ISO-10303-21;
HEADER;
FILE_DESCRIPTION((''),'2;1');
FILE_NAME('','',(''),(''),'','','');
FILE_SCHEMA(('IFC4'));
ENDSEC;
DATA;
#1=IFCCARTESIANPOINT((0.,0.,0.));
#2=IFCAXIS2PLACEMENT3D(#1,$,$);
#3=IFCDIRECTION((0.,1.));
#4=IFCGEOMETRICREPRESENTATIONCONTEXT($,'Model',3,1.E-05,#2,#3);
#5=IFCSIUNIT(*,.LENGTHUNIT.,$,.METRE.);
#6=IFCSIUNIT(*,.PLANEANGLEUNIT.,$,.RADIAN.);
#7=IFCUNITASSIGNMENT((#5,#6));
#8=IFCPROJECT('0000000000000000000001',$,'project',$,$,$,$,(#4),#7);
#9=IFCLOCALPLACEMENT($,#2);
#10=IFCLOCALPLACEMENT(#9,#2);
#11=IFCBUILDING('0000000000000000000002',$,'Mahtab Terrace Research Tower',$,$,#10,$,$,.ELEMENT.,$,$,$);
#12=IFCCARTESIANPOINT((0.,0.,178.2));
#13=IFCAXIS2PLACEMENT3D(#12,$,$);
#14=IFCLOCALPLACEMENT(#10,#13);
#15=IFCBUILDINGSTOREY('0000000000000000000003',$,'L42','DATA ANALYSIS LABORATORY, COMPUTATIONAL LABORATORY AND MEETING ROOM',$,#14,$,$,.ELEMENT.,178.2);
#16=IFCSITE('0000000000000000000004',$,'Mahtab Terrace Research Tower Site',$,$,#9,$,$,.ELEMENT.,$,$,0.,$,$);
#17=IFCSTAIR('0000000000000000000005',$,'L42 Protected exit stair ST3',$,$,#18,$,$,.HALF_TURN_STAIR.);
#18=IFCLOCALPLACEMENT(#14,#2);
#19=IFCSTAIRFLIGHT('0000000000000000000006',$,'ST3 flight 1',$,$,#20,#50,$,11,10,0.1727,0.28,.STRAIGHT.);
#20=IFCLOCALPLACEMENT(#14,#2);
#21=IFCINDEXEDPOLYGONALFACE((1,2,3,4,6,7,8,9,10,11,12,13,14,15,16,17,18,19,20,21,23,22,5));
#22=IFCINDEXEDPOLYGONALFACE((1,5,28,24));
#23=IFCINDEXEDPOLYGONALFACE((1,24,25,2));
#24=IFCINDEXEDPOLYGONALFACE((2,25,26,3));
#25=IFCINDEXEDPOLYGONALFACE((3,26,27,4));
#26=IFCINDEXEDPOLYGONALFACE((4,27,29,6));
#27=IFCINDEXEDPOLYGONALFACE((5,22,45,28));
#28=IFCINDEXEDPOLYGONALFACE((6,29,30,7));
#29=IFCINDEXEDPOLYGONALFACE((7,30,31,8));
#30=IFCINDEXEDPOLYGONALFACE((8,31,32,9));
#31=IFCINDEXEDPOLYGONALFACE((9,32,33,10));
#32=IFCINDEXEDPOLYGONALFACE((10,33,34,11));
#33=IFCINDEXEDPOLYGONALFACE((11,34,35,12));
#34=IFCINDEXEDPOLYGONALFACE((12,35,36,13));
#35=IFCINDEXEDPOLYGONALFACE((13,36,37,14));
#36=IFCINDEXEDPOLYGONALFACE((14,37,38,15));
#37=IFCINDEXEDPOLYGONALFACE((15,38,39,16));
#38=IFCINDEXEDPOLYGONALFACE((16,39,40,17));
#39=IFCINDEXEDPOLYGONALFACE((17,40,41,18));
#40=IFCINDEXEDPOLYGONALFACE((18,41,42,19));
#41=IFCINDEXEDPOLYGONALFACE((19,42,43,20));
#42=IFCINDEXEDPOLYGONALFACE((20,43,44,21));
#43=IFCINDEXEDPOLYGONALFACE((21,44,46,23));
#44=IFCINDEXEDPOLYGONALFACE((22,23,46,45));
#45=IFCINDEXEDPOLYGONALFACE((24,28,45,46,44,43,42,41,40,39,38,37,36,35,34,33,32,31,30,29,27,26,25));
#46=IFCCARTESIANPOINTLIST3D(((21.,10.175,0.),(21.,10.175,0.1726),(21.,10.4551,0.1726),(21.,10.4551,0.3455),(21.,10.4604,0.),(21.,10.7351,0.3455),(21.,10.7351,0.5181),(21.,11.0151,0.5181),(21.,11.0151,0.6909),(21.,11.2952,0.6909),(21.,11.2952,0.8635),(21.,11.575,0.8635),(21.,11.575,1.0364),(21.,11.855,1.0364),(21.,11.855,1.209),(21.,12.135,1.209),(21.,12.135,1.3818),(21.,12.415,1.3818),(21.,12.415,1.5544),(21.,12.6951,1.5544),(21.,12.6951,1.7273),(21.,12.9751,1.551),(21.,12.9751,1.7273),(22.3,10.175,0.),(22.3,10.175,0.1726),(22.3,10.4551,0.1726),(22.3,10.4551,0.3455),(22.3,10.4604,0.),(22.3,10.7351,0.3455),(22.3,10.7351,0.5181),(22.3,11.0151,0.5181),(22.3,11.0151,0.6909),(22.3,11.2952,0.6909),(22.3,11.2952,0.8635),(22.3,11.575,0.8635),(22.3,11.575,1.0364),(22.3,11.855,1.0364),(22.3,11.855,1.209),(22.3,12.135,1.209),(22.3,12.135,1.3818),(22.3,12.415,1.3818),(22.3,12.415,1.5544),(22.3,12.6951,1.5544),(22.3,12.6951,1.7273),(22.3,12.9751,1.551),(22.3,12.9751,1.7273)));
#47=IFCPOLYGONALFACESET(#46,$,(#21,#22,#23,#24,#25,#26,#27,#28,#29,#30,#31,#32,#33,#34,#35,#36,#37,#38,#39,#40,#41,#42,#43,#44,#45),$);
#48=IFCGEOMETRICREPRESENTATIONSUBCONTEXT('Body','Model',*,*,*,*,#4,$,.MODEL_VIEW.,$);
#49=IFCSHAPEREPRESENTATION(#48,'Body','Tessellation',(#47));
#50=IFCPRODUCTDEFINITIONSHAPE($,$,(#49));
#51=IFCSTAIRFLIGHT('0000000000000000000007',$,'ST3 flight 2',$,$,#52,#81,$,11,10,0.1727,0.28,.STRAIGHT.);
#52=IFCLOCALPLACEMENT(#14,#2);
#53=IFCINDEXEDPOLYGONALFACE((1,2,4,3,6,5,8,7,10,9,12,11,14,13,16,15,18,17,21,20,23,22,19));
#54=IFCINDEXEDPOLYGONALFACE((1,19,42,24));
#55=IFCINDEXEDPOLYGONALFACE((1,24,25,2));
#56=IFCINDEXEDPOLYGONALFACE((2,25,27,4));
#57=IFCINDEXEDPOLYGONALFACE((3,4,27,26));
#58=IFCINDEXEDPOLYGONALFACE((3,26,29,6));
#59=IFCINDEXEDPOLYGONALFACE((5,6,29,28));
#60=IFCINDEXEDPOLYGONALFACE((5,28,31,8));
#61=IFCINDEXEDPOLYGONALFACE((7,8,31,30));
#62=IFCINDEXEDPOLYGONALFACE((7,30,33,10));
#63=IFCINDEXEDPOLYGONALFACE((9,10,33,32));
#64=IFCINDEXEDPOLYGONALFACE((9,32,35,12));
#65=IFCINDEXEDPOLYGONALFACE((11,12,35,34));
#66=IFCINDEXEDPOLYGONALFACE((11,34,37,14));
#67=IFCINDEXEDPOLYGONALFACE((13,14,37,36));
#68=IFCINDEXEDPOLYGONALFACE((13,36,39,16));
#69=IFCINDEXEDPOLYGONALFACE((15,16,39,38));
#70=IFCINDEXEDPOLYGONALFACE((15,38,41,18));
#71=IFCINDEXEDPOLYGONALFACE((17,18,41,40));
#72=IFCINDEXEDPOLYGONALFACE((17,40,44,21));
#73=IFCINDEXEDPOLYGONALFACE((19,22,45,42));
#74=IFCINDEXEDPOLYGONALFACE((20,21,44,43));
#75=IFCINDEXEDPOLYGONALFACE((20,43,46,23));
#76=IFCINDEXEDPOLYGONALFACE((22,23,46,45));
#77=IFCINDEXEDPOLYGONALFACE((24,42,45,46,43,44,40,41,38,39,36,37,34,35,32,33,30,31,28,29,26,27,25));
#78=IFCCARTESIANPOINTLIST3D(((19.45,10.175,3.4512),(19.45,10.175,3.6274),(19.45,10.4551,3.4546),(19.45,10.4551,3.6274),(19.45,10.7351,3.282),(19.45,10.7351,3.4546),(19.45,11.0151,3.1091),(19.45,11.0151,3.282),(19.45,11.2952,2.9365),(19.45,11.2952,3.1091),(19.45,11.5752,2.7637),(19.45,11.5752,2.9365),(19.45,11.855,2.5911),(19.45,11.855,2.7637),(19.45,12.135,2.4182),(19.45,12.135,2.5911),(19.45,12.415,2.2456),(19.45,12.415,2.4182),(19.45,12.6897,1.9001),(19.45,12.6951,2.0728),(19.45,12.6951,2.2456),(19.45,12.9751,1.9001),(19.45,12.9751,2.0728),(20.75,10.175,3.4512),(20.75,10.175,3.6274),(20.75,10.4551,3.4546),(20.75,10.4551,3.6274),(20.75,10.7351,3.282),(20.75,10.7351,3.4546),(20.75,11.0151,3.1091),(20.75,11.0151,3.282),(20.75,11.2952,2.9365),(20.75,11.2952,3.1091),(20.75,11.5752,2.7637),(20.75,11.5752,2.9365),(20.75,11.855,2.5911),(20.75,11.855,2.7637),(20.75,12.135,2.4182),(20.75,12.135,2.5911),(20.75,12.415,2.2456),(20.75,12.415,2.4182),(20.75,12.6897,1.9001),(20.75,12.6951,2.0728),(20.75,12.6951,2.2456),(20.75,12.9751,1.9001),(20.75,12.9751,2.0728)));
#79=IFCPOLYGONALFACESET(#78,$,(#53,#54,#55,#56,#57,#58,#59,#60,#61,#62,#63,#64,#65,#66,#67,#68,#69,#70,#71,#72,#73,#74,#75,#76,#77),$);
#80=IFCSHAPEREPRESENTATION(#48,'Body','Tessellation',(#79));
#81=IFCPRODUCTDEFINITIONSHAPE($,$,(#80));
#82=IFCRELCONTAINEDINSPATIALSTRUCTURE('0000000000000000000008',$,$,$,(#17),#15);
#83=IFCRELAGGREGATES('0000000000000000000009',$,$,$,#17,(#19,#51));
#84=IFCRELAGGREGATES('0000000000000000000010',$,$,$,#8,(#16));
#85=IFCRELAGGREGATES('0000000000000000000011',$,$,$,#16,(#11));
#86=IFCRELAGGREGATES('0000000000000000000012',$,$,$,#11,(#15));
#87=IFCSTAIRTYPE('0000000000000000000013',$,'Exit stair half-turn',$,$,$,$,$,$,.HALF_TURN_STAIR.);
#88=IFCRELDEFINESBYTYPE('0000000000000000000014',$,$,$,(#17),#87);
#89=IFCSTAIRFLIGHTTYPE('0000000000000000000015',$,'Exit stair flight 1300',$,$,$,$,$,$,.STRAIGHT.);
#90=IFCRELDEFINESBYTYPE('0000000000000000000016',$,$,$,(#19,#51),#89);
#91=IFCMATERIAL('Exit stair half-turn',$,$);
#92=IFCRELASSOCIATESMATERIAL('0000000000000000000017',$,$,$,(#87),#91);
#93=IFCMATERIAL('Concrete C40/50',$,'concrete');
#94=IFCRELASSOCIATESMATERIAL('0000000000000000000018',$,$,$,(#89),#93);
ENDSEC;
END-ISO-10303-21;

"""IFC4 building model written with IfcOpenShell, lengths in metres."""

from ifc_helpers import new_model, si_unit, direction, frame, origin, place, context, subcontext, project, spatial, polyline, outline, extrude, material, type_object, element, aggregate, save


model = new_model("IFC4")

# Units and contexts
model_context = context("Model", 3, precision=1e-05, world=origin(), true_north=direction((0.0, 1.0)))
body_context = subcontext(model_context, "Body", "Model", "MODEL_VIEW")
ifc_project = project(units=[si_unit("LENGTHUNIT", "METRE"), si_unit("PLANEANGLEUNIT", "RADIAN")], contexts=[model_context])

# Site, building, storey
site_placement = place(None, origin())
site = spatial("IfcSite", under=ifc_project, at=site_placement, Name="Mahtab Terrace Research Tower Site", CompositionType="ELEMENT", RefElevation=0.0)
building_placement = place(site_placement, origin())
building = spatial("IfcBuilding", under=site, at=building_placement, Name="Mahtab Terrace Research Tower", CompositionType="ELEMENT")
storey_placement = place(building_placement, frame((0.0, 0.0, 178.2)))
storey = spatial("IfcBuildingStorey", under=building, at=storey_placement, Name="L42", Description="DATA ANALYSIS LABORATORY, COMPUTATIONAL LABORATORY AND MEETING ROOM", CompositionType="ELEMENT", Elevation=178.2)

# Stair, stair flights
ifc_material_1 = material(Name="Exit stair half-turn")
stair_type = type_object("IfcStairType", Name="Exit stair half-turn", PredefinedType="HALF_TURN_STAIR", material=ifc_material_1)
stair_placement = place(storey_placement, origin())
stair = element("IfcStair", 1, at=stair_placement, inside=storey, type_object=stair_type, Name="L42 Protected exit stair ST3", PredefinedType="HALF_TURN_STAIR")
ifc_material_2 = material(Name="Concrete C40/50", Category="concrete")
stair_flight_type = type_object("IfcStairFlightType", Name="Exit stair flight 1300", PredefinedType="STRAIGHT", material=ifc_material_2)
stair_flight_1_placement = place(storey_placement, frame((21.6499, 10.175, 0.0), z_axis=(0.0, 0.0, 1.0), x_axis=(0.0, 1.0, 0.0)))
stair_flight_1 = element("IfcStairFlight", 2, at=stair_flight_1_placement, type_object=stair_flight_type, Name="ST3 flight 1", NumberOfRisers=11, NumberOfTreads=10, PredefinedType="STRAIGHT", RiserHeight=0.1727, TreadLength=0.28, context=body_context, shape_type="SweptSolid", body=[
    extrude(outline(polyline([(0.0, 0.0), (0.0, 0.1726), (0.28, 0.1726), (0.28, 0.3455), (0.5601, 0.3455), (0.5601, 0.5181), (0.8401, 0.5181), (0.8401, 0.6909), (1.1201, 0.6909), (1.1201, 0.8635), (1.3999, 0.8635), (1.3999, 1.0364), (1.6799, 1.0364), (1.6799, 1.209), (1.96, 1.209), (1.96, 1.3818), (2.24, 1.3818), (2.24, 1.5544), (2.52, 1.5544), (2.52, 1.7273), (2.8, 1.7273), (2.8, 1.8999), (2.8, 1.551), (0.2854, 0.0), (0.0, 0.0)])), frame((0.0, 0.6499, 0.0), z_axis=(0.0, -1.0, 0.0), x_axis=(1.0, 0.0, 0.0)), (0.0, 0.0, 1.0), 1.3),
])
stair_flight_2_placement = place(storey_placement, frame((20.1001, 12.9751, 1.9001), z_axis=(0.0, 0.0, 1.0), x_axis=(0.0, -1.0, 0.0)))
stair_flight_2 = element("IfcStairFlight", 3, at=stair_flight_2_placement, type_object=stair_flight_type, Name="ST3 flight 2", NumberOfRisers=11, NumberOfTreads=10, PredefinedType="STRAIGHT", RiserHeight=0.1727, TreadLength=0.28, context=body_context, shape_type="SweptSolid", body=[
    extrude(outline(polyline([(0.0, 0.0), (0.0, 0.1726), (0.28, 0.1726), (0.28, 0.3455), (0.5601, 0.3455), (0.5601, 0.5181), (0.8401, 0.5181), (0.8401, 0.6909), (1.1201, 0.6909), (1.1201, 0.8635), (1.3999, 0.8635), (1.3999, 1.0364), (1.6799, 1.0364), (1.6799, 1.209), (1.96, 1.209), (1.96, 1.3818), (2.24, 1.3818), (2.24, 1.5544), (2.52, 1.5544), (2.52, 1.7273), (2.8, 1.7273), (2.8, 1.8999), (2.8, 1.551), (0.2854, 0.0), (0.0, 0.0)])), frame((0.0, 0.6499, 0.0), z_axis=(0.0, -1.0, 0.0), x_axis=(1.0, 0.0, 0.0)), (0.0, 0.0, 1.0), 1.3),
])
aggregate(stair, [stair_flight_1, stair_flight_2])

save(model, "model.ifc")
